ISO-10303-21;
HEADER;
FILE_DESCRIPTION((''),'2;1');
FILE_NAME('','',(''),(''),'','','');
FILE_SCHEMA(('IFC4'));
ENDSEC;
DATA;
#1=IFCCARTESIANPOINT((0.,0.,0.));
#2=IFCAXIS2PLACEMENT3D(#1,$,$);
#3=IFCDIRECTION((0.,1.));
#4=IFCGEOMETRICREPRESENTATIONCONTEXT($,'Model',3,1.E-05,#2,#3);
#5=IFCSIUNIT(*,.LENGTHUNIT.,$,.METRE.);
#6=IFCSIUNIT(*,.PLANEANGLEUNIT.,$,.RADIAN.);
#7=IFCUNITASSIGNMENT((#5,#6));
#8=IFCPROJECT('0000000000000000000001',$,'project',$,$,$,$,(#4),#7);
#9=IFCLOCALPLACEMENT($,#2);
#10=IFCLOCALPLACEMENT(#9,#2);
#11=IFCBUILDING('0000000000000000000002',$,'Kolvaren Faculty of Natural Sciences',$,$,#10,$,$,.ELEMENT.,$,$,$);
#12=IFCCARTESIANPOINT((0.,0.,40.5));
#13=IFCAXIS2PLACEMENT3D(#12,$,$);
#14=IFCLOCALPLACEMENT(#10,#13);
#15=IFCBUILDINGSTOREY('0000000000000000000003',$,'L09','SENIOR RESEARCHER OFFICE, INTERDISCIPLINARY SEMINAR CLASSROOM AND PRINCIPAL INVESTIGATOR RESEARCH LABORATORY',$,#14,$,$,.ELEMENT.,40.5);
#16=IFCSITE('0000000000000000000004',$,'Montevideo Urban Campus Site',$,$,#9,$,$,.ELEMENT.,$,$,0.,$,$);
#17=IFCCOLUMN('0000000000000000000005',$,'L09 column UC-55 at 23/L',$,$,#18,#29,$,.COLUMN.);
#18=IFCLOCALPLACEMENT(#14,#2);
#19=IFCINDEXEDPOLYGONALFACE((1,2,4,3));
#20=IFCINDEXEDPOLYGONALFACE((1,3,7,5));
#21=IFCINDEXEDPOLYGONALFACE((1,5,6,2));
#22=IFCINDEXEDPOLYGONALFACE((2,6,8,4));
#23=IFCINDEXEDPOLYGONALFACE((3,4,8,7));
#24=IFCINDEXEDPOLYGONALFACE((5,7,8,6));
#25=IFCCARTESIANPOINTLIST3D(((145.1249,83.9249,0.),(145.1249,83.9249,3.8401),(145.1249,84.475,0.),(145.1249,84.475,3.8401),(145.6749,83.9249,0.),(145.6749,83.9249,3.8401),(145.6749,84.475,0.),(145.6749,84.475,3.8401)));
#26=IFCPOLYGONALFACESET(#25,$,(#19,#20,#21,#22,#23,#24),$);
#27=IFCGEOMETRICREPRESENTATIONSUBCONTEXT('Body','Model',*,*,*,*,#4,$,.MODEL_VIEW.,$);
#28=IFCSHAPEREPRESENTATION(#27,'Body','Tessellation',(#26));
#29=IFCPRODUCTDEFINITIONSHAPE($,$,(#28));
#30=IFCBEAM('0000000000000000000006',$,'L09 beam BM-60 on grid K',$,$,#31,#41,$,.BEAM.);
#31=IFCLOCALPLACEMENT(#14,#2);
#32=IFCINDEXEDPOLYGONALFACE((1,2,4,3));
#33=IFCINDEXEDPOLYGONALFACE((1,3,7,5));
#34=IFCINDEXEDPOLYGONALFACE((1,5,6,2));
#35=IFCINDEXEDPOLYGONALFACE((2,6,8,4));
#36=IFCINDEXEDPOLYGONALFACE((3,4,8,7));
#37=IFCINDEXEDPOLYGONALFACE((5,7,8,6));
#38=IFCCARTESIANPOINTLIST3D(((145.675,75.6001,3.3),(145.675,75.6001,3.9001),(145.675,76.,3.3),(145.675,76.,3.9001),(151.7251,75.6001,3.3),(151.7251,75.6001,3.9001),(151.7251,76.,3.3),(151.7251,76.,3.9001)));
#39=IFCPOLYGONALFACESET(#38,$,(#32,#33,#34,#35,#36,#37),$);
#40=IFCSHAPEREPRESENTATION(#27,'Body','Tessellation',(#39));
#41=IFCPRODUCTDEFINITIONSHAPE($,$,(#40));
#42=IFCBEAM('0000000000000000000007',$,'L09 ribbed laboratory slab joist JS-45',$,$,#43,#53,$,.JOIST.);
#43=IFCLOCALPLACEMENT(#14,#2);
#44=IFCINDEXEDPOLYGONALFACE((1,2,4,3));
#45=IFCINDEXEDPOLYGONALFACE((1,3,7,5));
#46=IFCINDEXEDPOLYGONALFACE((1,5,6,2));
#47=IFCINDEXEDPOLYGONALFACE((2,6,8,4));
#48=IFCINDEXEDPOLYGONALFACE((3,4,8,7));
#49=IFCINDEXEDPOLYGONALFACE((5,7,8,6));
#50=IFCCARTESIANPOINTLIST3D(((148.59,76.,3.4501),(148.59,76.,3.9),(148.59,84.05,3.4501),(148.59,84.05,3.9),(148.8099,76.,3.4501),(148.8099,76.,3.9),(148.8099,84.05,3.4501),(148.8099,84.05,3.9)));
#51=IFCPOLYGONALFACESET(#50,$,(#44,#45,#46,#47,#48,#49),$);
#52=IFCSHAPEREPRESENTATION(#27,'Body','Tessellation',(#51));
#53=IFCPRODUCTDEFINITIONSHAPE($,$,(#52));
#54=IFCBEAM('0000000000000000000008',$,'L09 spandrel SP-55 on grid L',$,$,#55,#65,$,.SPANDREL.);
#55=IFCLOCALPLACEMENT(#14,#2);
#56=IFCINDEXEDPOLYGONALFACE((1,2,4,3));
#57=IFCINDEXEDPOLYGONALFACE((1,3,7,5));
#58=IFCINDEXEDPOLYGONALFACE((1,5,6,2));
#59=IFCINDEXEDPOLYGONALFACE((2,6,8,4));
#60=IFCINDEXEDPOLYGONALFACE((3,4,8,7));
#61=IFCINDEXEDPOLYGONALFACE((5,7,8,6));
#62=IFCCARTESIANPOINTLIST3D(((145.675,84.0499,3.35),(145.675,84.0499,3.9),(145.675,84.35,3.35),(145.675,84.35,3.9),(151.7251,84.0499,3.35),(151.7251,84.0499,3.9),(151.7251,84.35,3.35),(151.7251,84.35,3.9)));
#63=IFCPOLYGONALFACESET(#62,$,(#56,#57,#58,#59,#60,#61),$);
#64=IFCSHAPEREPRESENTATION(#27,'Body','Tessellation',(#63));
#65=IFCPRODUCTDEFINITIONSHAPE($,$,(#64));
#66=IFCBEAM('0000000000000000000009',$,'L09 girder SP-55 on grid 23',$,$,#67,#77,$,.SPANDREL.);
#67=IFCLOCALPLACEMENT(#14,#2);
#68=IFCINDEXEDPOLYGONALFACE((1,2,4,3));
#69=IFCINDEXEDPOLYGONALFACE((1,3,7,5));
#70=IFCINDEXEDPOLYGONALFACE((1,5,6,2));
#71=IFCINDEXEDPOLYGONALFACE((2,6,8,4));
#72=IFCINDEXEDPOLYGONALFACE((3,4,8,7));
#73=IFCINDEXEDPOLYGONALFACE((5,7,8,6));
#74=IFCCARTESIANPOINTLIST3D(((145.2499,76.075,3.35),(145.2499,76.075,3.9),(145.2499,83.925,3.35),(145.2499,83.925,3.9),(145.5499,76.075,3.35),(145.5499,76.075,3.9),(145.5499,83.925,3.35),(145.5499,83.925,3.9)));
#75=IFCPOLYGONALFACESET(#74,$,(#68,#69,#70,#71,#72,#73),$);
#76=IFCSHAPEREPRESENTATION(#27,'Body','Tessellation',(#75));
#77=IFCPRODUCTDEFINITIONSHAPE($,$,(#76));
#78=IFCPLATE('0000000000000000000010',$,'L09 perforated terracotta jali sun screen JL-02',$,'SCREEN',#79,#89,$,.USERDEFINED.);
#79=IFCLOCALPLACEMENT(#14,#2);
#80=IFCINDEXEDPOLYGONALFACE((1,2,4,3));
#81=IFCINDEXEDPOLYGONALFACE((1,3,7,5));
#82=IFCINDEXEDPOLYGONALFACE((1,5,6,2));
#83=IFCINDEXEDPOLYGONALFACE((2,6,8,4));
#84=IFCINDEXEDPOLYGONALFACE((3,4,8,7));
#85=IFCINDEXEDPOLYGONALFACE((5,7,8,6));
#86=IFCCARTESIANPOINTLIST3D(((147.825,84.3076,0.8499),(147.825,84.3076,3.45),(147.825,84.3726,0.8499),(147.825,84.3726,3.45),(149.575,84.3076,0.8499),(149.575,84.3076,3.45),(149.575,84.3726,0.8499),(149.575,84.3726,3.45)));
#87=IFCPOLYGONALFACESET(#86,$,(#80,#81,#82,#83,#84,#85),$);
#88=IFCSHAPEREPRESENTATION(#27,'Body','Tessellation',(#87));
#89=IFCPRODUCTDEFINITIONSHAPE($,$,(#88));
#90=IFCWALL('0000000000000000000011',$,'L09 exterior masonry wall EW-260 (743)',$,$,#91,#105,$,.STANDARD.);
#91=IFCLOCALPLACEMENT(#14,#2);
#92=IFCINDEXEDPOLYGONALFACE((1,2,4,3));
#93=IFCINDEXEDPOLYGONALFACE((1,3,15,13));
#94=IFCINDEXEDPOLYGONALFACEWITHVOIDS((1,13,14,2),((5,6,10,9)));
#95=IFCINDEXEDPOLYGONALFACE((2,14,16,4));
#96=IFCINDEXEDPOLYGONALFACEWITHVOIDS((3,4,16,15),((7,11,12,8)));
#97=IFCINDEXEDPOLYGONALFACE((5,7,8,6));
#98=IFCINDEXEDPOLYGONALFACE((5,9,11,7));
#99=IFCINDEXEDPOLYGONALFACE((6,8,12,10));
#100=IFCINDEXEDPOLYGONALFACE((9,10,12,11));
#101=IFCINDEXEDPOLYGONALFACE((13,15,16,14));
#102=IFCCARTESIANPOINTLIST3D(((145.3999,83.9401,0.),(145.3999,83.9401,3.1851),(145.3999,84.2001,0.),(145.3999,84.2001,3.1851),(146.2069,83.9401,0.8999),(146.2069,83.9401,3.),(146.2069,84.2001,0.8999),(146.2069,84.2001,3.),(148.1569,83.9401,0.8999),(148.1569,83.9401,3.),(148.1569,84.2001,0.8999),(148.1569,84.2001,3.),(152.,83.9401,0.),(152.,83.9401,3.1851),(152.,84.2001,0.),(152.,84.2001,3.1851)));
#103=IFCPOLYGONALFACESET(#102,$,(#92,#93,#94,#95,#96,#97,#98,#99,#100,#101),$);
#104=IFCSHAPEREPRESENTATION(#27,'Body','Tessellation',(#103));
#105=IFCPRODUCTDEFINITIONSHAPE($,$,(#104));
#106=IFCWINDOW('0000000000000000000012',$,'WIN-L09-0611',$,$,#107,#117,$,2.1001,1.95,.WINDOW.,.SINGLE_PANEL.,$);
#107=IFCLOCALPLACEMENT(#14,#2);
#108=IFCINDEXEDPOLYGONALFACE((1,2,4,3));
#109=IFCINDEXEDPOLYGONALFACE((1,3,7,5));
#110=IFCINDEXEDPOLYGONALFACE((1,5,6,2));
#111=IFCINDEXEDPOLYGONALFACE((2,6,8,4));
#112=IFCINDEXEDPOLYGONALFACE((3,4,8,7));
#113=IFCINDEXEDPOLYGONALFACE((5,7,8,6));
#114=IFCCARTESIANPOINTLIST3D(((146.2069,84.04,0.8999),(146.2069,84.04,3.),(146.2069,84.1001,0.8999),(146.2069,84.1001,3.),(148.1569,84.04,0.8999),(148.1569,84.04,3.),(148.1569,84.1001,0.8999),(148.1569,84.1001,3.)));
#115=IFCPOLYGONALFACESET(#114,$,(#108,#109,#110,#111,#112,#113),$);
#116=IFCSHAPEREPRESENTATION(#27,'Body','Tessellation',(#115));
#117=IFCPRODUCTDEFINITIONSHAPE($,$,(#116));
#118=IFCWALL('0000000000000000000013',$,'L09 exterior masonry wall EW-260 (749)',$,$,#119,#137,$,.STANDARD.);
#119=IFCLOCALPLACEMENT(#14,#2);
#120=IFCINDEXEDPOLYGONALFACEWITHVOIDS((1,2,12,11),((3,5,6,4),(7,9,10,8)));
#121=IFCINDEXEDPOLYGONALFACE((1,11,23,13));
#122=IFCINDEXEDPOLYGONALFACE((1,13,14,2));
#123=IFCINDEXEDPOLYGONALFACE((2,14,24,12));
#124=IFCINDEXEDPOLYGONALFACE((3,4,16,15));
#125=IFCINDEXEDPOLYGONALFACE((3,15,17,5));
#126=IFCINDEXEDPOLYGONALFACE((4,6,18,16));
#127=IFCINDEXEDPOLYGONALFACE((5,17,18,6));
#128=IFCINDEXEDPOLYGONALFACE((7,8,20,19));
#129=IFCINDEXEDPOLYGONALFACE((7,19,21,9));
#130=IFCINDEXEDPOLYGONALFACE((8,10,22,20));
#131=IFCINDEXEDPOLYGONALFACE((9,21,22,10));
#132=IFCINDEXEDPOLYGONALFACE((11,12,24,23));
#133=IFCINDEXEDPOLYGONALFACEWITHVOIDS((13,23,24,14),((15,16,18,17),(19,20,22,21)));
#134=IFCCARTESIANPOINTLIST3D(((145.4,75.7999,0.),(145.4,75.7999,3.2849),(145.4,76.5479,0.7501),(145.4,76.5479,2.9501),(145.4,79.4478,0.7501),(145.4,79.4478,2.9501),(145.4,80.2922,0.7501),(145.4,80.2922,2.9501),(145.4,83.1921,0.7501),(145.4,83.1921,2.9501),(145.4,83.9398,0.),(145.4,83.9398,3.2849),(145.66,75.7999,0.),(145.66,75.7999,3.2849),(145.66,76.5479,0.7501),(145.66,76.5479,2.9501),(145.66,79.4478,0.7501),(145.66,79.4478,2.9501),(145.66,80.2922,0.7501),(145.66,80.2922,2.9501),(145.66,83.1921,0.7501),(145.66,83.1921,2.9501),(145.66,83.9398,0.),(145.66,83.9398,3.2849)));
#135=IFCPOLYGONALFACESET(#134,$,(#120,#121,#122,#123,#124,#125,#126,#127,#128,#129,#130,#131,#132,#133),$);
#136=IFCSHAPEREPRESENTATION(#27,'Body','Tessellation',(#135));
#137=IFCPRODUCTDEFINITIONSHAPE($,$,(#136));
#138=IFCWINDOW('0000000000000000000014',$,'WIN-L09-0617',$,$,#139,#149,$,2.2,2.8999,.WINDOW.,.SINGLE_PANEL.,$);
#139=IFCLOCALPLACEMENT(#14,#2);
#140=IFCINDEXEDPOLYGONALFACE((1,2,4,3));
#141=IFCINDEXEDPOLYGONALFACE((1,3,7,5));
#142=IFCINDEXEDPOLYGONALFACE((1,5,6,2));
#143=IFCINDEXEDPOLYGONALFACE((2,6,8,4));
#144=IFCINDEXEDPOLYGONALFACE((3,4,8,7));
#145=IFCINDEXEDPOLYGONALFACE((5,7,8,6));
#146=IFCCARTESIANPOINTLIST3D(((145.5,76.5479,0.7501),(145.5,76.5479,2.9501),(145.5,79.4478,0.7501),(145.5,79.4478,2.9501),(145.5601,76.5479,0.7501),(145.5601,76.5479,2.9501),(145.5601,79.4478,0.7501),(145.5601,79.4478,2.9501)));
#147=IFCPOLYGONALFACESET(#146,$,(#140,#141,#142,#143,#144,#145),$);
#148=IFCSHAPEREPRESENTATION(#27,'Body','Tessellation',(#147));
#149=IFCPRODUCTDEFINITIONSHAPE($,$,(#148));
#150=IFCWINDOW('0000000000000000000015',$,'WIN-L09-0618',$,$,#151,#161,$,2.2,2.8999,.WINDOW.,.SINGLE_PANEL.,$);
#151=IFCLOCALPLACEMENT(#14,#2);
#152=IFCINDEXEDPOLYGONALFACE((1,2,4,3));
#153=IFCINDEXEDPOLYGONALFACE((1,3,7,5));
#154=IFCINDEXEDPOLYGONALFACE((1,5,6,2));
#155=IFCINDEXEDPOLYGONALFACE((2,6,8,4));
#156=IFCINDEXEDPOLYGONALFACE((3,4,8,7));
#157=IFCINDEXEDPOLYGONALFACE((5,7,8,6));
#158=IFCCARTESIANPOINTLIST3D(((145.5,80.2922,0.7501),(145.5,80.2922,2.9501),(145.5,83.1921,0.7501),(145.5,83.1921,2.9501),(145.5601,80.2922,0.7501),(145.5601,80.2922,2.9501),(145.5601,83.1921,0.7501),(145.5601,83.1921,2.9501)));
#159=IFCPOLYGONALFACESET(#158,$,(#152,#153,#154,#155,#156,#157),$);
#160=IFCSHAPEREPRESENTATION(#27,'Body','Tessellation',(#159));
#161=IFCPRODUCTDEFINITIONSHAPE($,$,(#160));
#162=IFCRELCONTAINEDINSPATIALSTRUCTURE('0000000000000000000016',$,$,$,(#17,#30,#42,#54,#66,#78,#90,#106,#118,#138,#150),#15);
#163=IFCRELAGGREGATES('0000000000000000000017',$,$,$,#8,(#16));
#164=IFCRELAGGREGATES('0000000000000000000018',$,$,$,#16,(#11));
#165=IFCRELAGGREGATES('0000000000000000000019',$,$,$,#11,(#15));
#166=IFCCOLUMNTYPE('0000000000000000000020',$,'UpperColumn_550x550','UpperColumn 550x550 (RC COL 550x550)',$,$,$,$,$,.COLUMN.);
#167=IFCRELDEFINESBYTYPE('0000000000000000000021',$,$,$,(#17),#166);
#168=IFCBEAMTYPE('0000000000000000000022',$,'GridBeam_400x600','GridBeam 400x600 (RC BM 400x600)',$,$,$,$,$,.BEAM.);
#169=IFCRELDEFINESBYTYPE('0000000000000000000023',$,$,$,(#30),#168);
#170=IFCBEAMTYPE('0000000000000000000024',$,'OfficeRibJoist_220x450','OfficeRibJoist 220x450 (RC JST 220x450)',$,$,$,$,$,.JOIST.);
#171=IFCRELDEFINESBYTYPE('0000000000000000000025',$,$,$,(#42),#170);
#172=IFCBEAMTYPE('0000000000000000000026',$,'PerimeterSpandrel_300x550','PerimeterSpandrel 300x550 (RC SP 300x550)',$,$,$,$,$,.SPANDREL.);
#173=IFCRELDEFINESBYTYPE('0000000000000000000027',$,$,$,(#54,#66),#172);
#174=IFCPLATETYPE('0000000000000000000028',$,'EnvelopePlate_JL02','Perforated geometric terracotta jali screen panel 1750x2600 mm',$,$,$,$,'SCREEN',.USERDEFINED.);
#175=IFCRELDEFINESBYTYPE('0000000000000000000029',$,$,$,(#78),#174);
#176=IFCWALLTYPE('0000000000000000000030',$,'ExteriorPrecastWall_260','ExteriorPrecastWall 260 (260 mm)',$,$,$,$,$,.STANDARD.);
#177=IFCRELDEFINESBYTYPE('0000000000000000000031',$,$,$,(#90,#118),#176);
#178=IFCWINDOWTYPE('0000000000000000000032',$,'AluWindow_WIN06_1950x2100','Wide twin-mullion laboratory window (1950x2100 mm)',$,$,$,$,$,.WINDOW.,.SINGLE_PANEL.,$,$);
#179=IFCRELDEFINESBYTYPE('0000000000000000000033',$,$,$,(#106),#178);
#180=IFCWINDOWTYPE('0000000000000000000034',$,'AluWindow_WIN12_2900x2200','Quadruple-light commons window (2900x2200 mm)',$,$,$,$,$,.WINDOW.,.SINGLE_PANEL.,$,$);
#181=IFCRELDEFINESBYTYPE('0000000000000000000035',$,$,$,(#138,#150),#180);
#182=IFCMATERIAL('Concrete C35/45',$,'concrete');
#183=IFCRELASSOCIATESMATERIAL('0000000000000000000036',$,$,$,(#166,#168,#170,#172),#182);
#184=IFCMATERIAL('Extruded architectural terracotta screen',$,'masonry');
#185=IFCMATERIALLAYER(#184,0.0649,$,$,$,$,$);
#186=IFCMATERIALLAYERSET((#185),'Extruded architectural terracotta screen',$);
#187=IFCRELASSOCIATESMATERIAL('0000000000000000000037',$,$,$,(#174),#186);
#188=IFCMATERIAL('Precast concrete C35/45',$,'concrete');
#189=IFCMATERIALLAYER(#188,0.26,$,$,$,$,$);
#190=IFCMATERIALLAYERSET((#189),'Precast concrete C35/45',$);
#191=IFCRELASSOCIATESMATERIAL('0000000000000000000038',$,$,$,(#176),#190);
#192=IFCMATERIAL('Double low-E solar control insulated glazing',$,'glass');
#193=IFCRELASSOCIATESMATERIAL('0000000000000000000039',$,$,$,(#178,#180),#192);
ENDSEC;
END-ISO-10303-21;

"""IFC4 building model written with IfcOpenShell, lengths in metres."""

from ifc_helpers import new_model, si_unit, direction, frame, frame_2d, origin, origin_2d, place, context, subcontext, project, spatial, rectangle, extrude, material, layer, layer_set, material_profile, profile_set, type_object, element, fill, save


model = new_model("IFC4")

# Units and contexts
model_context = context("Model", 3, precision=1e-05, world=origin(), true_north=direction((0.0, 1.0)))
body_context = subcontext(model_context, "Body", "Model", "MODEL_VIEW")
ifc_project = project(units=[si_unit("LENGTHUNIT", "METRE"), si_unit("PLANEANGLEUNIT", "RADIAN")], contexts=[model_context])

# Site, building, storey
site_placement = place(None, origin())
site = spatial("IfcSite", under=ifc_project, at=site_placement, Name="Montevideo Urban Campus Site", CompositionType="ELEMENT", RefElevation=0.0)
building_placement = place(site_placement, origin())
building = spatial("IfcBuilding", under=site, at=building_placement, Name="Kolvaren Faculty of Natural Sciences", CompositionType="ELEMENT")
storey_placement = place(building_placement, frame((0.0, 0.0, 40.5)))
storey = spatial("IfcBuildingStorey", under=building, at=storey_placement, Name="L09", Description="SENIOR RESEARCHER OFFICE, INTERDISCIPLINARY SEMINAR CLASSROOM AND PRINCIPAL INVESTIGATOR RESEARCH LABORATORY", CompositionType="ELEMENT", Elevation=40.5)

# Column
ifc_material_1 = material(Name="Concrete C35/45", Category="concrete")
ifc_material_profile_1 = material_profile(ifc_material_1, rectangle(XDim=0.55, YDim=0.55, at=origin_2d()), Name="RC COL 550x550")
ifc_profile_set_1 = profile_set([ifc_material_profile_1], Name="Concrete C35/45")
column_type = type_object("IfcColumnType", Name="UpperColumn_550x550", Description="UpperColumn 550x550 (RC COL 550x550)", PredefinedType="COLUMN", material=ifc_profile_set_1)
column_placement = place(storey_placement, frame((145.3999, 84.2, 0.0), z_axis=(0.0, 0.0, 1.0), x_axis=(1.0, 0.0, 0.0)))
element("IfcColumn", 1, at=column_placement, inside=storey, type_object=column_type, Name="L09 column UC-55 at 23/L", PredefinedType="COLUMN", context=body_context, shape_type="SweptSolid", body=[
    extrude(rectangle(XDim=0.55, YDim=0.55, at=origin_2d()), origin(), (0.0, 0.0, 1.0), 3.8401),
])

# Beams
ifc_material_profile_2 = material_profile(ifc_material_1, rectangle(XDim=0.3999, YDim=0.6001, at=origin_2d()), Name="RC BM 400x600")
ifc_profile_set_2 = profile_set([ifc_material_profile_2], Name="Concrete C35/45")
beam_type_1 = type_object("IfcBeamType", Name="GridBeam_400x600", Description="GridBeam 400x600 (RC BM 400x600)", PredefinedType="BEAM", material=ifc_profile_set_2)
beam_1_placement = place(storey_placement, frame((145.675, 75.8, 3.6001), z_axis=(1.0, 0.0, 0.0), x_axis=(0.0, 1.0, 0.0)))
element("IfcBeam", 2, at=beam_1_placement, inside=storey, type_object=beam_type_1, Name="L09 beam BM-60 on grid K", PredefinedType="BEAM", context=body_context, shape_type="SweptSolid", body=[
    extrude(rectangle(XDim=0.3999, YDim=0.6001, at=origin_2d()), origin(), (0.0, 0.0, 1.0), 6.05),
])
ifc_material_profile_3 = material_profile(ifc_material_1, rectangle(XDim=0.22, YDim=0.45, at=origin_2d()), Name="RC JST 220x450")
ifc_profile_set_3 = profile_set([ifc_material_profile_3], Name="Concrete C35/45")
beam_type_2 = type_object("IfcBeamType", Name="OfficeRibJoist_220x450", Description="OfficeRibJoist 220x450 (RC JST 220x450)", PredefinedType="JOIST", material=ifc_profile_set_3)
beam_2_placement = place(storey_placement, frame((148.7, 76.0, 3.675), z_axis=(0.0, 1.0, 0.0), x_axis=(-1.0, 0.0, 0.0)))
element("IfcBeam", 3, at=beam_2_placement, inside=storey, type_object=beam_type_2, Name="L09 ribbed laboratory slab joist JS-45", PredefinedType="JOIST", context=body_context, shape_type="SweptSolid", body=[
    extrude(rectangle(XDim=0.22, YDim=0.45, at=origin_2d()), origin(), (0.0, 0.0, 1.0), 8.05),
])
ifc_material_profile_4 = material_profile(ifc_material_1, rectangle(XDim=0.3, YDim=0.55, at=origin_2d()), Name="RC SP 300x550")
ifc_profile_set_4 = profile_set([ifc_material_profile_4], Name="Concrete C35/45")
beam_type_3 = type_object("IfcBeamType", Name="PerimeterSpandrel_300x550", Description="PerimeterSpandrel 300x550 (RC SP 300x550)", PredefinedType="SPANDREL", material=ifc_profile_set_4)
beam_3_placement = place(storey_placement, frame((145.675, 84.2, 3.625), z_axis=(1.0, 0.0, 0.0), x_axis=(0.0, 1.0, 0.0)))
element("IfcBeam", 4, at=beam_3_placement, inside=storey, type_object=beam_type_3, Name="L09 spandrel SP-55 on grid L", PredefinedType="SPANDREL", context=body_context, shape_type="SweptSolid", body=[
    extrude(rectangle(XDim=0.3, YDim=0.55, at=origin_2d()), origin(), (0.0, 0.0, 1.0), 6.05),
])
beam_4_placement = place(storey_placement, frame((145.3999, 76.075, 3.625), z_axis=(0.0, 1.0, 0.0), x_axis=(-1.0, 0.0, 0.0)))
element("IfcBeam", 5, at=beam_4_placement, inside=storey, type_object=beam_type_3, Name="L09 girder SP-55 on grid 23", PredefinedType="SPANDREL", context=body_context, shape_type="SweptSolid", body=[
    extrude(rectangle(XDim=0.3, YDim=0.55, at=origin_2d()), origin(), (0.0, 0.0, 1.0), 7.8501),
])

# Plate
ifc_material_2 = material(Name="Extruded architectural terracotta screen", Category="masonry")
ifc_layer_1 = layer(ifc_material_2, 0.0649)
ifc_layer_set_1 = layer_set([ifc_layer_1], Name="Extruded architectural terracotta screen")
plate_type = type_object("IfcPlateType", Name="EnvelopePlate_JL02", Description="Perforated geometric terracotta jali screen panel 1750x2600 mm", ElementType="SCREEN", PredefinedType="USERDEFINED", material=ifc_layer_set_1)
plate_placement = place(storey_placement, frame((148.7, 84.3401, 0.8499), z_axis=(0.0, 0.0, 1.0), x_axis=(1.0, 0.0, 0.0)))
element("IfcPlate", 6, at=plate_placement, inside=storey, type_object=plate_type, Name="L09 perforated terracotta jali sun screen JL-02", ObjectType="SCREEN", PredefinedType="USERDEFINED", context=body_context, shape_type="SweptSolid", body=[
    extrude(rectangle(XDim=1.75, YDim=0.0649, at=origin_2d()), origin(), (0.0, 0.0, 1.0), 2.6001),
])

# Wall, opening, window
ifc_material_3 = material(Name="Precast concrete C35/45", Category="concrete")
ifc_layer_2 = layer(ifc_material_3, 0.26)
ifc_layer_set_2 = layer_set([ifc_layer_2], Name="Precast concrete C35/45")
wall_type = type_object("IfcWallType", Name="ExteriorPrecastWall_260", Description="ExteriorPrecastWall 260 (260 mm)", PredefinedType="STANDARD", material=ifc_layer_set_2)
wall_1_placement = place(storey_placement, frame((145.3999, 84.0701, 0.0), z_axis=(0.0, 0.0, 1.0), x_axis=(1.0, 0.0, 0.0)))
wall_1 = element("IfcWall", 7, at=wall_1_placement, inside=storey, type_object=wall_type, Name="L09 exterior masonry wall EW-260 (743)", PredefinedType="STANDARD", context=body_context, shape_type="SweptSolid", body=[
    extrude(rectangle(XDim=6.6001, YDim=0.26, at=frame_2d((3.3, 0.0))), origin(), (0.0, 0.0, 1.0), 3.1851),
])
opening_1_placement = place(wall_1_placement, frame((0.8069, 0.0, 0.8999)))
opening_1 = element("IfcOpeningElement", 8, at=opening_1_placement, cuts=wall_1, PredefinedType="OPENING", context=body_context, shape_type="SweptSolid", body=[
    extrude(rectangle(XDim=1.95, YDim=2.1001, at=frame_2d((0.9751, 1.05))), frame((0.0, 0.1399, 0.0), z_axis=(0.0, -1.0, 0.0), x_axis=(1.0, 0.0, 0.0)), (0.0, 0.0, 1.0), 0.28),
])
ifc_material_4 = material(Name="Double low-E solar control insulated glazing", Category="glass")
window_type_1 = type_object("IfcWindowType", Name="AluWindow_WIN06_1950x2100", Description="Wide twin-mullion laboratory window (1950x2100 mm)", PartitioningType="SINGLE_PANEL", PredefinedType="WINDOW", material=ifc_material_4)
window_1_placement = place(opening_1_placement, origin())
window_1 = element("IfcWindow", 9, at=window_1_placement, inside=storey, type_object=window_type_1, Name="WIN-L09-0611", OverallHeight=2.1001, OverallWidth=1.95, PartitioningType="SINGLE_PANEL", PredefinedType="WINDOW", context=body_context, shape_type="SweptSolid", body=[
    extrude(rectangle(XDim=1.95, YDim=2.1001, at=frame_2d((0.9751, 1.05))), frame((0.0, 0.03, 0.0), z_axis=(0.0, -1.0, 0.0), x_axis=(1.0, 0.0, 0.0)), (0.0, 0.0, 1.0), 0.0601),
])
fill(opening_1, window_1)

# Wall, openings, windows
wall_2_placement = place(storey_placement, frame((145.53, 75.8, 0.0), z_axis=(0.0, 0.0, 1.0), x_axis=(0.0, 1.0, 0.0)))
wall_2 = element("IfcWall", 10, at=wall_2_placement, inside=storey, type_object=wall_type, Name="L09 exterior masonry wall EW-260 (749)", PredefinedType="STANDARD", context=body_context, shape_type="SweptSolid", body=[
    extrude(rectangle(XDim=8.1399, YDim=0.26, at=frame_2d((4.0698, 0.0))), origin(), (0.0, 0.0, 1.0), 3.2849),
])
opening_2_placement = place(wall_2_placement, frame((0.7478, 0.0, 0.75)))
opening_2 = element("IfcOpeningElement", 11, at=opening_2_placement, cuts=wall_2, PredefinedType="OPENING", context=body_context, shape_type="SweptSolid", body=[
    extrude(rectangle(XDim=2.8999, YDim=2.2, at=frame_2d((1.45, 1.1001))), frame((0.0, 0.1399, 0.0), z_axis=(0.0, -1.0, 0.0), x_axis=(1.0, 0.0, 0.0)), (0.0, 0.0, 1.0), 0.28),
])
opening_3_placement = place(wall_2_placement, frame((4.4922, 0.0, 0.75)))
opening_3 = element("IfcOpeningElement", 12, at=opening_3_placement, cuts=wall_2, PredefinedType="OPENING", context=body_context, shape_type="SweptSolid", body=[
    extrude(rectangle(XDim=2.8999, YDim=2.2, at=frame_2d((1.45, 1.1001))), frame((0.0, 0.1399, 0.0), z_axis=(0.0, -1.0, 0.0), x_axis=(1.0, 0.0, 0.0)), (0.0, 0.0, 1.0), 0.28),
])
window_type_2 = type_object("IfcWindowType", Name="AluWindow_WIN12_2900x2200", Description="Quadruple-light commons window (2900x2200 mm)", PartitioningType="SINGLE_PANEL", PredefinedType="WINDOW", material=ifc_material_4)
window_2_placement = place(opening_2_placement, origin())
window_2 = element("IfcWindow", 13, at=window_2_placement, inside=storey, type_object=window_type_2, Name="WIN-L09-0617", OverallHeight=2.2, OverallWidth=2.8999, PartitioningType="SINGLE_PANEL", PredefinedType="WINDOW", context=body_context, shape_type="SweptSolid", body=[
    extrude(rectangle(XDim=2.8999, YDim=2.2, at=frame_2d((1.45, 1.1001))), frame((0.0, 0.03, 0.0), z_axis=(0.0, -1.0, 0.0), x_axis=(1.0, 0.0, 0.0)), (0.0, 0.0, 1.0), 0.0601),
])
fill(opening_2, window_2)
window_3_placement = place(opening_3_placement, origin())
window_3 = element("IfcWindow", 14, at=window_3_placement, inside=storey, type_object=window_type_2, Name="WIN-L09-0618", OverallHeight=2.2, OverallWidth=2.8999, PartitioningType="SINGLE_PANEL", PredefinedType="WINDOW", context=body_context, shape_type="SweptSolid", body=[
    extrude(rectangle(XDim=2.8999, YDim=2.2, at=frame_2d((1.45, 1.1001))), frame((0.0, 0.03, 0.0), z_axis=(0.0, -1.0, 0.0), x_axis=(1.0, 0.0, 0.0)), (0.0, 0.0, 1.0), 0.0601),
])
fill(opening_3, window_3)

save(model, "model.ifc")
